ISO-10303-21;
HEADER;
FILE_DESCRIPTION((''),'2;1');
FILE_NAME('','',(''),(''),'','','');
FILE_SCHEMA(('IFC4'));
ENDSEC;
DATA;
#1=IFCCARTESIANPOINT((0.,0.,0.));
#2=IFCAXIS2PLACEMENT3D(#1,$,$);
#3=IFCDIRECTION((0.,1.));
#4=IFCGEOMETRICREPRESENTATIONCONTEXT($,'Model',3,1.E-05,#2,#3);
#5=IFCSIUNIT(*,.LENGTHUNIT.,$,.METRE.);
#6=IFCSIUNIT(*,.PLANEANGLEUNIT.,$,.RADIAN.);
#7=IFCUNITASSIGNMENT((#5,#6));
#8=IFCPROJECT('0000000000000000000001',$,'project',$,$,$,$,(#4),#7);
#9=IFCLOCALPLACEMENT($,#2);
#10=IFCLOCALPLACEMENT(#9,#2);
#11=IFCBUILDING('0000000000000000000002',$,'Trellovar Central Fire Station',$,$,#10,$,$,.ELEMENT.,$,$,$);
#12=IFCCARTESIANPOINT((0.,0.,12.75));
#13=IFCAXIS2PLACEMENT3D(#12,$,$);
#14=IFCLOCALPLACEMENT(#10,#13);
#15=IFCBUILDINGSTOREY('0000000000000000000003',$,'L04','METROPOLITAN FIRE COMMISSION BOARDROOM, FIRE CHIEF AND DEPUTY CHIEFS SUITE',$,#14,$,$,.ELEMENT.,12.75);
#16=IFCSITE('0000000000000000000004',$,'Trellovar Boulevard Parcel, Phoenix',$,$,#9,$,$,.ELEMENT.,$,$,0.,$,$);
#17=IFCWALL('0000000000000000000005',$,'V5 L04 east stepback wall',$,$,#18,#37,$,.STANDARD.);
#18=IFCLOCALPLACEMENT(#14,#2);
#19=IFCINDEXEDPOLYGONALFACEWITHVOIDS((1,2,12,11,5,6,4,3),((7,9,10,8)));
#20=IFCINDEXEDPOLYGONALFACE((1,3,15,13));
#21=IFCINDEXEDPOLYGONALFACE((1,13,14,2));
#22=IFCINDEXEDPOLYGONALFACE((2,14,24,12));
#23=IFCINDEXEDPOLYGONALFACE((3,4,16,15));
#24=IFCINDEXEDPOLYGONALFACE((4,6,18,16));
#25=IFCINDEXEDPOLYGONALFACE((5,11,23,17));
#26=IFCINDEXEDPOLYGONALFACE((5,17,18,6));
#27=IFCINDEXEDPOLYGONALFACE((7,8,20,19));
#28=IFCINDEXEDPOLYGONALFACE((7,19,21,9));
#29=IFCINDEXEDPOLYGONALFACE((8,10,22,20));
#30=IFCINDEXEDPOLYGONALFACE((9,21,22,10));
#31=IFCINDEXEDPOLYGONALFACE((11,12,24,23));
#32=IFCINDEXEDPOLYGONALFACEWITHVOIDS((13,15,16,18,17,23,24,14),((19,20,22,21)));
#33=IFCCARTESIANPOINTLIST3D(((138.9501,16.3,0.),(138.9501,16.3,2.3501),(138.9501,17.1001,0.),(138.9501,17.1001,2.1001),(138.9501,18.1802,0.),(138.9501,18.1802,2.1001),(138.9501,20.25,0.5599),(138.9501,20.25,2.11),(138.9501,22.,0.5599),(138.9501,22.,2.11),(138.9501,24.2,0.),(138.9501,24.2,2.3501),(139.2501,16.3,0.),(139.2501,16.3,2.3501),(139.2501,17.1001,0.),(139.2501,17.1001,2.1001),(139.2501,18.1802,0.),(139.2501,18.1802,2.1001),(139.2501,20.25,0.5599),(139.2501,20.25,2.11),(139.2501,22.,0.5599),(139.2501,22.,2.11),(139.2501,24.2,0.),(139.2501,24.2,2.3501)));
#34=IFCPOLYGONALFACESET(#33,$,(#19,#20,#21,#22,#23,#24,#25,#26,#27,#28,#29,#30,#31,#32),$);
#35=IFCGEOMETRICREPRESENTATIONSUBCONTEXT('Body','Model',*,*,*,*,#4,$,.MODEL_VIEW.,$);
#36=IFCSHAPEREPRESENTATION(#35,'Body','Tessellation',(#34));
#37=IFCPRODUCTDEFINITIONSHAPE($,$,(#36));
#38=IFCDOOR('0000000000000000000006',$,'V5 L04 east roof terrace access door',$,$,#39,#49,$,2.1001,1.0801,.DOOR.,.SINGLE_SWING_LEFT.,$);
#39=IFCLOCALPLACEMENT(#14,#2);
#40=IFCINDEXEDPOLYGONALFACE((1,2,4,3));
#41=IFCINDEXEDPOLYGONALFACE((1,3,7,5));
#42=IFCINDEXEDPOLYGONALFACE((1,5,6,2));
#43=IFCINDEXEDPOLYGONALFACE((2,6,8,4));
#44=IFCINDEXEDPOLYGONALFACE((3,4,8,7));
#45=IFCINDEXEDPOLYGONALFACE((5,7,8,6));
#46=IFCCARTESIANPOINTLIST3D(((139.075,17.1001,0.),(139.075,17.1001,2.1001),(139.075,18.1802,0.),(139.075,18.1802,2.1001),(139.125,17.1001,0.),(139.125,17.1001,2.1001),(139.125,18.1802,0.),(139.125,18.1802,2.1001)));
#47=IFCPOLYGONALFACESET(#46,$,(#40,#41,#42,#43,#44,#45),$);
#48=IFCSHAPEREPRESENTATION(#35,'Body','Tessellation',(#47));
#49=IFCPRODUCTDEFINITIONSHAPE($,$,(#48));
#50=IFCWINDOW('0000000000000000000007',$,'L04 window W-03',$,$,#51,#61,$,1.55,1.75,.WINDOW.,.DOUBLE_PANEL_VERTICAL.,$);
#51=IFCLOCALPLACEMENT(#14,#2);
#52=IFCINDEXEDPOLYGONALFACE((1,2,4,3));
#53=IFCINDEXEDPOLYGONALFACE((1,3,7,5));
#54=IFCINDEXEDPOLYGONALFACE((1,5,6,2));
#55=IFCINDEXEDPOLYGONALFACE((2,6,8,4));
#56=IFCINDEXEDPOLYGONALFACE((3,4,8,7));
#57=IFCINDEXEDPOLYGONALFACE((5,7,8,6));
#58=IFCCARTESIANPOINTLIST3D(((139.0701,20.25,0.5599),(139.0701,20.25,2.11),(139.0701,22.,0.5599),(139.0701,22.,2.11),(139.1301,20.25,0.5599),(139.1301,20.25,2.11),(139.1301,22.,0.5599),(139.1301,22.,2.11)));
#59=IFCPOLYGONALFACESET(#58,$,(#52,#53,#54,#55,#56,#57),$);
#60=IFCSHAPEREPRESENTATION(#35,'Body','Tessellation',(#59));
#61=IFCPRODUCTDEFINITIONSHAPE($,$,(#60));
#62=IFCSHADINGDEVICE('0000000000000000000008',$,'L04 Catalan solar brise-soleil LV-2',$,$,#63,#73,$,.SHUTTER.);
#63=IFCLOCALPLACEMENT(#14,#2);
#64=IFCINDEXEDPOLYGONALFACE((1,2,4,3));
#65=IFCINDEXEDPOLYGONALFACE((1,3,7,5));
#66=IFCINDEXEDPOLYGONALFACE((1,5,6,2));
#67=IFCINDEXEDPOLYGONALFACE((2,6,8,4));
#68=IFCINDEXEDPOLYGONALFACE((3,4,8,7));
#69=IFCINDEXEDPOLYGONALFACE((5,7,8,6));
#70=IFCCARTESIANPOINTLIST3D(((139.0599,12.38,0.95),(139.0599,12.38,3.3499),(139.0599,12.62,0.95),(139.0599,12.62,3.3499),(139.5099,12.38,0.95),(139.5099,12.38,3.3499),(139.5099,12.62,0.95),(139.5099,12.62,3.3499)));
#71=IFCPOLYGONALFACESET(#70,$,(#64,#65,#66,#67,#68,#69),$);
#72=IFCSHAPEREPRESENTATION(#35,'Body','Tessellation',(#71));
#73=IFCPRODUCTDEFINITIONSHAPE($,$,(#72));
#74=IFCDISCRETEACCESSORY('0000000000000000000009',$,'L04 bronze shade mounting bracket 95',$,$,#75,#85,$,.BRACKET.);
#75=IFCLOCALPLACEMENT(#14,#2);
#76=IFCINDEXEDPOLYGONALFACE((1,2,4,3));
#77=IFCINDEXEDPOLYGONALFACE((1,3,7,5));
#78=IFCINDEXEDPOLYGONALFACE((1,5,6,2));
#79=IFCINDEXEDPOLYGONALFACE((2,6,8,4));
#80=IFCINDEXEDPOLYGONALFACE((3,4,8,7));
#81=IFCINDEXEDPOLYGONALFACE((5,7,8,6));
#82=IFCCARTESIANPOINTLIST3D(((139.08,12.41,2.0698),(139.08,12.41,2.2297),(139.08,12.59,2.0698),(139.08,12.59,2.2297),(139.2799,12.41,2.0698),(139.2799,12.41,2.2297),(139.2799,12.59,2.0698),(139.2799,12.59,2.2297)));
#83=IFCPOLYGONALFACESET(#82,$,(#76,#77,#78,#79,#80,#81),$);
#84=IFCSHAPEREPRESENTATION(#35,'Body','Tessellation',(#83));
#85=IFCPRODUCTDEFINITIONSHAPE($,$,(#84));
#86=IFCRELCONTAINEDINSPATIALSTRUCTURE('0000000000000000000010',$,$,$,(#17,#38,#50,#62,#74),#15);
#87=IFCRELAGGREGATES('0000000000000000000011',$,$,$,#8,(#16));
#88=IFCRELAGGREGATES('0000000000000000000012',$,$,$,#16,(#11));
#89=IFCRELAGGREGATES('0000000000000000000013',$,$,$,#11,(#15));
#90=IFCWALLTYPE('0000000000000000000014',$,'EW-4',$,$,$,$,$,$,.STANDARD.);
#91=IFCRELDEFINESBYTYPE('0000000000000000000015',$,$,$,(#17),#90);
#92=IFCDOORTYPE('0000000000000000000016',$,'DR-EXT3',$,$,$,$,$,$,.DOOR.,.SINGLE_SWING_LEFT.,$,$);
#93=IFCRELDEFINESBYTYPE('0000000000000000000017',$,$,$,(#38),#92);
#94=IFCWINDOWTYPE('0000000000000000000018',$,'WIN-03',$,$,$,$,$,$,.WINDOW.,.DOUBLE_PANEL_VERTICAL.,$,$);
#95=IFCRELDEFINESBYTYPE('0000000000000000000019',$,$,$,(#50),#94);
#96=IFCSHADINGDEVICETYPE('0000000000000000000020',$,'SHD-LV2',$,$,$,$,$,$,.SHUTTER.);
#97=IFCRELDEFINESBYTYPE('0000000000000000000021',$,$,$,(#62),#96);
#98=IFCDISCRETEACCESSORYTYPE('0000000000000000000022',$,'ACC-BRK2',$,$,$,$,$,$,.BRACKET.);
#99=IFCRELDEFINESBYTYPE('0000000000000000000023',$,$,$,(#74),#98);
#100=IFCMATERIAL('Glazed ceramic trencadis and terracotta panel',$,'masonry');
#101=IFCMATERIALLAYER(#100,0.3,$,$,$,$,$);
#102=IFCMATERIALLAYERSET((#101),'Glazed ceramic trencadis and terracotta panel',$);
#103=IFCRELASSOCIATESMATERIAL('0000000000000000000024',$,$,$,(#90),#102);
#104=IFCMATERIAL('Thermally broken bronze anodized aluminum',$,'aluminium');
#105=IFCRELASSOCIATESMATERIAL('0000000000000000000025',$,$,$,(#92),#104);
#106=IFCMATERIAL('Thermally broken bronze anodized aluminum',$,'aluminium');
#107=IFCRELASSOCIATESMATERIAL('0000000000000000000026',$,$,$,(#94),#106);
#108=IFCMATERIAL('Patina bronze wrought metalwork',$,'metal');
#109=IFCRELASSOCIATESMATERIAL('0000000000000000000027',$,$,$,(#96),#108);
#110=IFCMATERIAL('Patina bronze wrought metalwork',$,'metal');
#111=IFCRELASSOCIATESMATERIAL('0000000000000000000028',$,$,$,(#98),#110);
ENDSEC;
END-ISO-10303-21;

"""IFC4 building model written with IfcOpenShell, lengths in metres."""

from ifc_helpers import new_model, si_unit, direction, frame, frame_2d, origin, origin_2d, place, context, subcontext, project, spatial, rectangle, extrude, material, layer, layer_set, type_object, element, fill, save


model = new_model("IFC4")

# Units and contexts
model_context = context("Model", 3, precision=1e-05, world=origin(), true_north=direction((0.0, 1.0)))
body_context = subcontext(model_context, "Body", "Model", "MODEL_VIEW")
ifc_project = project(units=[si_unit("LENGTHUNIT", "METRE"), si_unit("PLANEANGLEUNIT", "RADIAN")], contexts=[model_context])

# Site, building, storey
site_placement = place(None, origin())
site = spatial("IfcSite", under=ifc_project, at=site_placement, Name="Trellovar Boulevard Parcel, Phoenix", CompositionType="ELEMENT", RefElevation=0.0)
building_placement = place(site_placement, origin())
building = spatial("IfcBuilding", under=site, at=building_placement, Name="Trellovar Central Fire Station", CompositionType="ELEMENT")
storey_placement = place(building_placement, frame((0.0, 0.0, 12.75)))
storey = spatial("IfcBuildingStorey", under=building, at=storey_placement, Name="L04", Description="METROPOLITAN FIRE COMMISSION BOARDROOM, FIRE CHIEF AND DEPUTY CHIEFS SUITE", CompositionType="ELEMENT", Elevation=12.75)

# Wall, openings, door, window
ifc_material_1 = material(Name="Glazed ceramic trencadis and terracotta panel", Category="masonry")
ifc_layer_1 = layer(ifc_material_1, 0.3)
ifc_layer_set_1 = layer_set([ifc_layer_1], Name="Glazed ceramic trencadis and terracotta panel")
wall_type = type_object("IfcWallType", Name="EW-4", PredefinedType="STANDARD", material=ifc_layer_set_1)
wall_placement = place(storey_placement, frame((139.1001, 16.3, 0.0), z_axis=(0.0, 0.0, 1.0), x_axis=(0.0, 1.0, 0.0)))
wall = element("IfcWall", 1, at=wall_placement, inside=storey, type_object=wall_type, Name="V5 L04 east stepback wall", PredefinedType="STANDARD", context=body_context, shape_type="SweptSolid", body=[
    extrude(rectangle(XDim=7.8999, YDim=0.3, at=frame_2d((3.95, 0.0))), origin(), (0.0, 0.0, 1.0), 2.3501),
])
opening_1_placement = place(wall_placement, frame((0.8, 0.0, 0.0)))
opening_1 = element("IfcOpeningElement", 2, at=opening_1_placement, cuts=wall, PredefinedType="OPENING", context=body_context, shape_type="SweptSolid", body=[
    extrude(rectangle(XDim=1.0801, YDim=2.1001, at=frame_2d((0.54, 1.05))), frame((0.0, 0.1599, 0.0), z_axis=(0.0, -1.0, 0.0), x_axis=(1.0, 0.0, 0.0)), (0.0, 0.0, 1.0), 0.3201),
])
opening_2_placement = place(wall_placement, frame((3.95, 0.0, 0.5601)))
opening_2 = element("IfcOpeningElement", 3, at=opening_2_placement, cuts=wall, PredefinedType="OPENING", context=body_context, shape_type="SweptSolid", body=[
    extrude(rectangle(XDim=1.75, YDim=1.55, at=frame_2d((0.875, 0.7749))), frame((0.0, 0.1599, 0.0), z_axis=(0.0, -1.0, 0.0), x_axis=(1.0, 0.0, 0.0)), (0.0, 0.0, 1.0), 0.3201),
])
ifc_material_2 = material(Name="Thermally broken bronze anodized aluminum", Category="aluminium")
door_type = type_object("IfcDoorType", Name="DR-EXT3", OperationType="SINGLE_SWING_LEFT", PredefinedType="DOOR", material=ifc_material_2)
door_placement = place(opening_1_placement, frame((1.0801, 0.0, 0.0), z_axis=(0.0, 0.0, 1.0), x_axis=(-1.0, 0.0, 0.0)))
door = element("IfcDoor", 4, at=door_placement, inside=storey, type_object=door_type, Name="V5 L04 east roof terrace access door", OperationType="SINGLE_SWING_LEFT", OverallHeight=2.1001, OverallWidth=1.0801, PredefinedType="DOOR", context=body_context, shape_type="SweptSolid", body=[
    extrude(rectangle(XDim=1.0801, YDim=2.1001, at=frame_2d((0.54, 1.05))), frame((0.0, 0.0249, 0.0), z_axis=(0.0, -1.0, 0.0), x_axis=(1.0, 0.0, 0.0)), (0.0, 0.0, 1.0), 0.05),
])
fill(opening_1, door)
ifc_material_3 = material(Name="Thermally broken bronze anodized aluminum", Category="aluminium")
window_type = type_object("IfcWindowType", Name="WIN-03", PartitioningType="DOUBLE_PANEL_VERTICAL", PredefinedType="WINDOW", material=ifc_material_3)
window_placement = place(opening_2_placement, origin())
window = element("IfcWindow", 5, at=window_placement, inside=storey, type_object=window_type, Name="L04 window W-03", OverallHeight=1.55, OverallWidth=1.75, PartitioningType="DOUBLE_PANEL_VERTICAL", PredefinedType="WINDOW", context=body_context, shape_type="SweptSolid", body=[
    extrude(rectangle(XDim=1.75, YDim=1.55, at=frame_2d((0.875, 0.7749))), frame((0.0, 0.03, 0.0), z_axis=(0.0, -1.0, 0.0), x_axis=(1.0, 0.0, 0.0)), (0.0, 0.0, 1.0), 0.0601),
])
fill(opening_2, window)

# Shading device
ifc_material_4 = material(Name="Patina bronze wrought metalwork", Category="metal")
shading_device_type = type_object("IfcShadingDeviceType", Name="SHD-LV2", PredefinedType="SHUTTER", material=ifc_material_4)
shading_device_placement = place(storey_placement, frame((139.2849, 12.5, 0.95), z_axis=(0.0, 0.0, 1.0), x_axis=(1.0, 0.0, 0.0)))
element("IfcShadingDevice", 6, at=shading_device_placement, inside=storey, type_object=shading_device_type, Name="L04 Catalan solar brise-soleil LV-2", PredefinedType="SHUTTER", context=body_context, shape_type="SweptSolid", body=[
    extrude(rectangle(XDim=0.45, YDim=0.24, at=origin_2d()), origin(), (0.0, 0.0, 1.0), 2.3999),
])

# Discrete accessory
ifc_material_5 = material(Name="Patina bronze wrought metalwork", Category="metal")
discrete_accessory_type = type_object("IfcDiscreteAccessoryType", Name="ACC-BRK2", PredefinedType="BRACKET", material=ifc_material_5)
discrete_accessory_placement = place(storey_placement, frame((139.1799, 12.5, 2.0698), z_axis=(0.0, 0.0, 1.0), x_axis=(1.0, 0.0, 0.0)))
element("IfcDiscreteAccessory", 7, at=discrete_accessory_placement, inside=storey, type_object=discrete_accessory_type, Name="L04 bronze shade mounting bracket 95", PredefinedType="BRACKET", context=body_context, shape_type="SweptSolid", body=[
    extrude(rectangle(XDim=0.2, YDim=0.1799, at=origin_2d()), origin(), (0.0, 0.0, 1.0), 0.1599),
])

save(model, "model.ifc")
